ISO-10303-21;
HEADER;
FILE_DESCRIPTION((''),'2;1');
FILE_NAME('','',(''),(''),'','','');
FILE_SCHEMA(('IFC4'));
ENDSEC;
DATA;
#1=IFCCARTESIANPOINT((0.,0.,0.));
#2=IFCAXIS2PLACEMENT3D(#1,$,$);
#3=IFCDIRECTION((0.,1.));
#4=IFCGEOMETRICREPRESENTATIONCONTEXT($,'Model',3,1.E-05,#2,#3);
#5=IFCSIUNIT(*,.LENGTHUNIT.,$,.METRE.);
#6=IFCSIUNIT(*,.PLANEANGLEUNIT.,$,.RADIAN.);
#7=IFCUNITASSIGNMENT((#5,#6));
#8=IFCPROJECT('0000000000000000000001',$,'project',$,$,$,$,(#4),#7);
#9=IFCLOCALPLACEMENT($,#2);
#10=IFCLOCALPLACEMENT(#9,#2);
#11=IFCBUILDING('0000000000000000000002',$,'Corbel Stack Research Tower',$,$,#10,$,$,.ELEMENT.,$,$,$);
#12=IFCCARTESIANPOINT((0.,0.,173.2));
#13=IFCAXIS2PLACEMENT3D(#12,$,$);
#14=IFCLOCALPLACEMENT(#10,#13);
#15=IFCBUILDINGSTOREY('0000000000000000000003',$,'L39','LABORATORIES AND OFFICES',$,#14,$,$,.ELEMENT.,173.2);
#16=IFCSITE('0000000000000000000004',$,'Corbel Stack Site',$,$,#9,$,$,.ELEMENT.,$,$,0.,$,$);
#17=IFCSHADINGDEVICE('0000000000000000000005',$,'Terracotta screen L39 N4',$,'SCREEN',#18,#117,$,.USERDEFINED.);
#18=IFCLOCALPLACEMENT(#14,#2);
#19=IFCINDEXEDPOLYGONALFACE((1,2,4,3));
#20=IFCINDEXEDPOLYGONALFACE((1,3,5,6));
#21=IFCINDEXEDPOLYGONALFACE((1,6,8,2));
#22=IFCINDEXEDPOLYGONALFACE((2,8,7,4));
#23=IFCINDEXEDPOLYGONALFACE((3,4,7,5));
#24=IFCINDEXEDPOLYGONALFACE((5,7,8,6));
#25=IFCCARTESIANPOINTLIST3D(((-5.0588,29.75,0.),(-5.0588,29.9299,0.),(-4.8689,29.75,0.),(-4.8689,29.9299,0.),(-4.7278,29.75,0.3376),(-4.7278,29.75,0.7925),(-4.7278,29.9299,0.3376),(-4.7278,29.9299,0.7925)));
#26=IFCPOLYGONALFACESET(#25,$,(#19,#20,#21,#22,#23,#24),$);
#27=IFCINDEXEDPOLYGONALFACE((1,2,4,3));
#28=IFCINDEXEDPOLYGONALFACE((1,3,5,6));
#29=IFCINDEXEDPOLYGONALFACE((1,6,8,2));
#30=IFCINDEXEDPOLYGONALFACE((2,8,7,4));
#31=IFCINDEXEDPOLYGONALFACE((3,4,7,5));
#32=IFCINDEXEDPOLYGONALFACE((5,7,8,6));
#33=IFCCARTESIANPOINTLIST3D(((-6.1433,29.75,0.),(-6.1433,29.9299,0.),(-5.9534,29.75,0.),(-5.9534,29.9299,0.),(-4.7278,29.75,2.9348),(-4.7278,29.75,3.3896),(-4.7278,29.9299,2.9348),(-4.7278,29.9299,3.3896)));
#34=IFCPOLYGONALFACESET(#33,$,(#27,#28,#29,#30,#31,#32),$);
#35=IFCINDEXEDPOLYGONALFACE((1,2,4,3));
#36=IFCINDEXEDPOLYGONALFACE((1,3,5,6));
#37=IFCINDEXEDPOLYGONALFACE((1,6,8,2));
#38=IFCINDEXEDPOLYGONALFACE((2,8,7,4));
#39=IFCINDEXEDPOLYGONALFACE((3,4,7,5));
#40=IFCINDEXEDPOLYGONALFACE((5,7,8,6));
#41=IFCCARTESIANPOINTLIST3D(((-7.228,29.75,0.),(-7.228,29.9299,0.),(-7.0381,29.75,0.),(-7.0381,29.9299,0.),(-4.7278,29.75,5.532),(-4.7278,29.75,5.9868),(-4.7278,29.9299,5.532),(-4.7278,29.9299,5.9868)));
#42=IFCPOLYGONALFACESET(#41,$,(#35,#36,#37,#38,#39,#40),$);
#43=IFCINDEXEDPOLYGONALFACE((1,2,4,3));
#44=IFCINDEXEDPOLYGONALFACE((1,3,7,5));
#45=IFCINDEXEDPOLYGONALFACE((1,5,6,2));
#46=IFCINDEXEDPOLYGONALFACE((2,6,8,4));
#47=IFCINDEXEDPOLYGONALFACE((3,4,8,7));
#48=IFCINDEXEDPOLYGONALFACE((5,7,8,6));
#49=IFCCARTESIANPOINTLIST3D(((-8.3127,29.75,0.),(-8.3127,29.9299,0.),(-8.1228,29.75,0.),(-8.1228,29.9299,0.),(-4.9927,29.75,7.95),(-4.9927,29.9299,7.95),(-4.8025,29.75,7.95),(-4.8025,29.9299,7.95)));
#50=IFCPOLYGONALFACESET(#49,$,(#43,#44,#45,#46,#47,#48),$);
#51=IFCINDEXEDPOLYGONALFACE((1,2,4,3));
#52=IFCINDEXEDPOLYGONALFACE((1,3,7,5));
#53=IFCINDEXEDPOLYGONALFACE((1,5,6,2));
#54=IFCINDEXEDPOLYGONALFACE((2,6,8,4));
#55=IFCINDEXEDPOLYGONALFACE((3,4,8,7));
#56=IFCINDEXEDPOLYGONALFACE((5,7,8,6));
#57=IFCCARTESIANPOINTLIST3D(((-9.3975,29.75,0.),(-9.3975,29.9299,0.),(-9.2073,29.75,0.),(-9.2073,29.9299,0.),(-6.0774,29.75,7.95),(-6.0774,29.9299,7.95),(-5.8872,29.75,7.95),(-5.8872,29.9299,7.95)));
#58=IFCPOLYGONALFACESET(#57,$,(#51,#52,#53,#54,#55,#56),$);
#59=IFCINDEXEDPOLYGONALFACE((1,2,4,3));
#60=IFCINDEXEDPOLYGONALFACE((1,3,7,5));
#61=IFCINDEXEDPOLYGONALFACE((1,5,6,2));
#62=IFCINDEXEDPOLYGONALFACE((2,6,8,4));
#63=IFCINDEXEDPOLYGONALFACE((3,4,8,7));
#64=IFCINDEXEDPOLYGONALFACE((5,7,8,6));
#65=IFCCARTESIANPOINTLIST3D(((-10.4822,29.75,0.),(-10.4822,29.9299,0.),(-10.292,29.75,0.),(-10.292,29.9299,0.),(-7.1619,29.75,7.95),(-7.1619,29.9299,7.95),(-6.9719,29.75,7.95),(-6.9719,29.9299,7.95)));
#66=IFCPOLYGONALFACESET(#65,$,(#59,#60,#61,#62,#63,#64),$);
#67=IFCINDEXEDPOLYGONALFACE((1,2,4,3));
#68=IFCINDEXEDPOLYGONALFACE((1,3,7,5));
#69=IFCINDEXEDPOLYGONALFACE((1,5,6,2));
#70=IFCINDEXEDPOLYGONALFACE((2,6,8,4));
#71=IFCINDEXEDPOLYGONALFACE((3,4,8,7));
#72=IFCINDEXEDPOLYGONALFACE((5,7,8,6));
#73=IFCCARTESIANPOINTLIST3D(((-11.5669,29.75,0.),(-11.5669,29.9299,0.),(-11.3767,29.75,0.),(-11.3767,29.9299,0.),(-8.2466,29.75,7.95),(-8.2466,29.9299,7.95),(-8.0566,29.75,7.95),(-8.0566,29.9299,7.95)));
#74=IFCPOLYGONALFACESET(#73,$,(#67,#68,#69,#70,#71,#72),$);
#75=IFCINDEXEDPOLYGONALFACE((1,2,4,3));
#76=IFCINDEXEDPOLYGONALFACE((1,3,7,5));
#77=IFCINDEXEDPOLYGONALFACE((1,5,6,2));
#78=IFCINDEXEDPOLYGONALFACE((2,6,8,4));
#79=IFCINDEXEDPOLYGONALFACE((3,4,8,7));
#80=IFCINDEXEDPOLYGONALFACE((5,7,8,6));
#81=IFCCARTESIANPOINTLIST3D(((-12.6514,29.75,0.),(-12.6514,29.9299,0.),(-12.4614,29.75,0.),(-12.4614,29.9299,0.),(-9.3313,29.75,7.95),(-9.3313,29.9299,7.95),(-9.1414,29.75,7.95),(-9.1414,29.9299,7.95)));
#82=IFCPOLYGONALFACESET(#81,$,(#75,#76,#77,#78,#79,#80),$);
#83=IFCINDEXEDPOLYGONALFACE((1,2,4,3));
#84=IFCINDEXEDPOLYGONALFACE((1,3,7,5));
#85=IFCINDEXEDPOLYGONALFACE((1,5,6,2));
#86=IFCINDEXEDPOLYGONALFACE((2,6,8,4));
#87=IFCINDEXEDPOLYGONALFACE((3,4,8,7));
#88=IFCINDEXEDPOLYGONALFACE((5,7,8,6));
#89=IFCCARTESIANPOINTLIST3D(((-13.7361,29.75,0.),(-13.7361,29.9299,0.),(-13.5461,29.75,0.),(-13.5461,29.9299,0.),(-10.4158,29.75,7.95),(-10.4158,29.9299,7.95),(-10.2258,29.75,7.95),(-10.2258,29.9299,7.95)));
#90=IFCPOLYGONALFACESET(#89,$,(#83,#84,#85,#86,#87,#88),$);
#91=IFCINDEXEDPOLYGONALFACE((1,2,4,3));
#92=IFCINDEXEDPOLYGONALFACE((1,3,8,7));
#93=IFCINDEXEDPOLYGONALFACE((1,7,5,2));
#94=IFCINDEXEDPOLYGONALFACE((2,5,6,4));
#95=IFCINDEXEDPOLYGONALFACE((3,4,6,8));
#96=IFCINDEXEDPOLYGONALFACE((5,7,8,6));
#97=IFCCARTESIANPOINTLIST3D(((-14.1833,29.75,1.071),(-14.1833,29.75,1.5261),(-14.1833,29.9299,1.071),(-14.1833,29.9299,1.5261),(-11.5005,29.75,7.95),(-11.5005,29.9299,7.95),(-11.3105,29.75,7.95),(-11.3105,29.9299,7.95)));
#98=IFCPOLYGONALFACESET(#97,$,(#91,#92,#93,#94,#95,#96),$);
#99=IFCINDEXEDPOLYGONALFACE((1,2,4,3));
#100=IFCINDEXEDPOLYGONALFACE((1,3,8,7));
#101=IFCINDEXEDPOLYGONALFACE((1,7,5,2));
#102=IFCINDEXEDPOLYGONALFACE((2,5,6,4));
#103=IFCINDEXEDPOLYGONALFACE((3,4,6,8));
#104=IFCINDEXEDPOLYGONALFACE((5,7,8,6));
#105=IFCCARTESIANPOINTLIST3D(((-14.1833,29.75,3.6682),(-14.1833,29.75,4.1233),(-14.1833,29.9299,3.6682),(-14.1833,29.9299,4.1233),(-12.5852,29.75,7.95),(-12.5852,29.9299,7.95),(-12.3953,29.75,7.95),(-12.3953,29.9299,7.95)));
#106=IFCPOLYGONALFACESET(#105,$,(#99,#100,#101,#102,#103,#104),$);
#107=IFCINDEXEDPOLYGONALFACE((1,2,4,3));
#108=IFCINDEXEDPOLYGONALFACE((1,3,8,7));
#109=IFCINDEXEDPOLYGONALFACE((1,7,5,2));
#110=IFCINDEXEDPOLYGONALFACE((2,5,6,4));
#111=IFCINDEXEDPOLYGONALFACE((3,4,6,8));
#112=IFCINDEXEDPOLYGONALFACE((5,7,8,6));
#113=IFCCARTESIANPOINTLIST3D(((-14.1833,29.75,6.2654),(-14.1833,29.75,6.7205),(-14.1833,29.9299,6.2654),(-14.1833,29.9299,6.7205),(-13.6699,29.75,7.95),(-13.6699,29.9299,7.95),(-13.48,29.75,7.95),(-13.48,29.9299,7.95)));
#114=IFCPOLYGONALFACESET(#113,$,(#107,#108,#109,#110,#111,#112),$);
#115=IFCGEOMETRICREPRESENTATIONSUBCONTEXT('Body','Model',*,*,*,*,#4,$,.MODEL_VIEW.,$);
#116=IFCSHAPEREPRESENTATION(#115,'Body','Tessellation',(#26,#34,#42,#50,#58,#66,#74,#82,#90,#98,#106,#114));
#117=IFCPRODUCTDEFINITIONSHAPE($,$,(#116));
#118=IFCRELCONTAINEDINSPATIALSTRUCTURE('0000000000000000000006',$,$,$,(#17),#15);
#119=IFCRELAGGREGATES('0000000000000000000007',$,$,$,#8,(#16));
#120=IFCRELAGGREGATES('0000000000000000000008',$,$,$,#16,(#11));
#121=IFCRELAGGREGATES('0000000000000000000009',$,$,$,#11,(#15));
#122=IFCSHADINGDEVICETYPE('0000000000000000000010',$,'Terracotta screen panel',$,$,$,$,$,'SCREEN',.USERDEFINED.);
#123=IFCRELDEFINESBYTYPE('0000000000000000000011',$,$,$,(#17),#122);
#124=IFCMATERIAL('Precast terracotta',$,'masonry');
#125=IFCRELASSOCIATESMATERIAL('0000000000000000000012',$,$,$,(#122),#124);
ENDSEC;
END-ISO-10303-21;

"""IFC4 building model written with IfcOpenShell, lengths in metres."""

from ifc_helpers import new_model, si_unit, direction, frame, origin, place, context, subcontext, project, spatial, polyline, outline, extrude, source, transform, mapped, material, type_object, element, save


model = new_model("IFC4")

# Units and contexts
model_context = context("Model", 3, precision=1e-05, world=origin(), true_north=direction((0.0, 1.0)))
body_context = subcontext(model_context, "Body", "Model", "MODEL_VIEW")
ifc_project = project(units=[si_unit("LENGTHUNIT", "METRE"), si_unit("PLANEANGLEUNIT", "RADIAN")], contexts=[model_context])

# Site, building, storey
site_placement = place(None, origin())
site = spatial("IfcSite", under=ifc_project, at=site_placement, Name="Corbel Stack Site", CompositionType="ELEMENT", RefElevation=0.0)
building_placement = place(site_placement, origin())
building = spatial("IfcBuilding", under=site, at=building_placement, Name="Corbel Stack Research Tower", CompositionType="ELEMENT")
storey_placement = place(building_placement, frame((0.0, 0.0, 173.2)))
storey = spatial("IfcBuildingStorey", under=building, at=storey_placement, Name="L39", Description="LABORATORIES AND OFFICES", CompositionType="ELEMENT", Elevation=173.2)

# Shading device
ifc_material_1 = material(Name="Precast terracotta", Category="masonry")
shading_device_type = type_object("IfcShadingDeviceType", Name="Terracotta screen panel", ElementType="SCREEN", PredefinedType="USERDEFINED", material=ifc_material_1)
shared_shape = source(origin(), body_context, "Body", "SweptSolid", [
    extrude(outline(polyline([(0.3311, 0.0), (0.0, 0.7925), (0.0, 0.3376), (0.1411, 0.0), (0.3311, 0.0)])), frame((0.0, 0.0, 0.0), z_axis=(0.0, -1.0, 0.0), x_axis=(1.0, 0.0, 0.0)), (0.0, 0.0, 1.0), 0.1799),
    extrude(outline(polyline([(1.4155, 0.0), (0.0, 3.3896), (0.0, 2.9348), (1.2256, 0.0), (1.4155, 0.0)])), frame((0.0, 0.0, 0.0), z_axis=(0.0, -1.0, 0.0), x_axis=(1.0, 0.0, 0.0)), (0.0, 0.0, 1.0), 0.1799),
    extrude(outline(polyline([(2.5002, 0.0), (0.0, 5.9868), (0.0, 5.532), (2.3103, 0.0), (2.5002, 0.0)])), frame((0.0, 0.0, 0.0), z_axis=(0.0, -1.0, 0.0), x_axis=(1.0, 0.0, 0.0)), (0.0, 0.0, 1.0), 0.1799),
    extrude(outline(polyline([(3.585, 0.0), (0.2649, 7.95), (0.0747, 7.95), (3.395, 0.0), (3.585, 0.0)])), frame((0.0, 0.0, 0.0), z_axis=(0.0, -1.0, 0.0), x_axis=(1.0, 0.0, 0.0)), (0.0, 0.0, 1.0), 0.1799),
    extrude(outline(polyline([(4.6697, 0.0), (1.3496, 7.95), (1.1594, 7.95), (4.4795, 0.0), (4.6697, 0.0)])), frame((0.0, 0.0, 0.0), z_axis=(0.0, -1.0, 0.0), x_axis=(1.0, 0.0, 0.0)), (0.0, 0.0, 1.0), 0.1799),
    extrude(outline(polyline([(5.7544, 0.0), (2.4341, 7.95), (2.2441, 7.95), (5.5642, 0.0), (5.7544, 0.0)])), frame((0.0, 0.0, 0.0), z_axis=(0.0, -1.0, 0.0), x_axis=(1.0, 0.0, 0.0)), (0.0, 0.0, 1.0), 0.1799),
    extrude(outline(polyline([(6.8391, 0.0), (3.5188, 7.95), (3.3289, 7.95), (6.6489, 0.0), (6.8391, 0.0)])), frame((0.0, 0.0, 0.0), z_axis=(0.0, -1.0, 0.0), x_axis=(1.0, 0.0, 0.0)), (0.0, 0.0, 1.0), 0.1799),
    extrude(outline(polyline([(7.9236, 0.0), (4.6035, 7.95), (4.4136, 7.95), (7.7336, 0.0), (7.9236, 0.0)])), frame((0.0, 0.0, 0.0), z_axis=(0.0, -1.0, 0.0), x_axis=(1.0, 0.0, 0.0)), (0.0, 0.0, 1.0), 0.1799),
    extrude(outline(polyline([(9.0083, 0.0), (5.688, 7.95), (5.498, 7.95), (8.8184, 0.0), (9.0083, 0.0)])), frame((0.0, 0.0, 0.0), z_axis=(0.0, -1.0, 0.0), x_axis=(1.0, 0.0, 0.0)), (0.0, 0.0, 1.0), 0.1799),
    extrude(outline(polyline([(6.7727, 7.95), (6.5828, 7.95), (9.4556, 1.071), (9.4556, 1.5261), (6.7727, 7.95)])), frame((0.0, 0.0, 0.0), z_axis=(0.0, -1.0, 0.0), x_axis=(1.0, 0.0, 0.0)), (0.0, 0.0, 1.0), 0.1799),
    extrude(outline(polyline([(7.8574, 7.95), (7.6675, 7.95), (9.4556, 3.6682), (9.4556, 4.1233), (7.8574, 7.95)])), frame((0.0, 0.0, 0.0), z_axis=(0.0, -1.0, 0.0), x_axis=(1.0, 0.0, 0.0)), (0.0, 0.0, 1.0), 0.1799),
    extrude(outline(polyline([(8.9421, 7.95), (8.7522, 7.95), (9.4556, 6.2654), (9.4556, 6.7205), (8.9421, 7.95)])), frame((0.0, 0.0, 0.0), z_axis=(0.0, -1.0, 0.0), x_axis=(1.0, 0.0, 0.0)), (0.0, 0.0, 1.0), 0.1799),
])
shading_device_placement = place(storey_placement, frame((-4.7278, 29.75, 0.0), z_axis=(0.0, 0.0, 1.0), x_axis=(-1.0, 0.0, 0.0)))
element("IfcShadingDevice", 1, at=shading_device_placement, inside=storey, type_object=shading_device_type, Name="Terracotta screen L39 N4", ObjectType="SCREEN", PredefinedType="USERDEFINED", context=body_context, shape_type="MappedRepresentation", body=[
    mapped(shared_shape, transform((0.0, 0.0, 0.0))),
])

save(model, "model.ifc")
